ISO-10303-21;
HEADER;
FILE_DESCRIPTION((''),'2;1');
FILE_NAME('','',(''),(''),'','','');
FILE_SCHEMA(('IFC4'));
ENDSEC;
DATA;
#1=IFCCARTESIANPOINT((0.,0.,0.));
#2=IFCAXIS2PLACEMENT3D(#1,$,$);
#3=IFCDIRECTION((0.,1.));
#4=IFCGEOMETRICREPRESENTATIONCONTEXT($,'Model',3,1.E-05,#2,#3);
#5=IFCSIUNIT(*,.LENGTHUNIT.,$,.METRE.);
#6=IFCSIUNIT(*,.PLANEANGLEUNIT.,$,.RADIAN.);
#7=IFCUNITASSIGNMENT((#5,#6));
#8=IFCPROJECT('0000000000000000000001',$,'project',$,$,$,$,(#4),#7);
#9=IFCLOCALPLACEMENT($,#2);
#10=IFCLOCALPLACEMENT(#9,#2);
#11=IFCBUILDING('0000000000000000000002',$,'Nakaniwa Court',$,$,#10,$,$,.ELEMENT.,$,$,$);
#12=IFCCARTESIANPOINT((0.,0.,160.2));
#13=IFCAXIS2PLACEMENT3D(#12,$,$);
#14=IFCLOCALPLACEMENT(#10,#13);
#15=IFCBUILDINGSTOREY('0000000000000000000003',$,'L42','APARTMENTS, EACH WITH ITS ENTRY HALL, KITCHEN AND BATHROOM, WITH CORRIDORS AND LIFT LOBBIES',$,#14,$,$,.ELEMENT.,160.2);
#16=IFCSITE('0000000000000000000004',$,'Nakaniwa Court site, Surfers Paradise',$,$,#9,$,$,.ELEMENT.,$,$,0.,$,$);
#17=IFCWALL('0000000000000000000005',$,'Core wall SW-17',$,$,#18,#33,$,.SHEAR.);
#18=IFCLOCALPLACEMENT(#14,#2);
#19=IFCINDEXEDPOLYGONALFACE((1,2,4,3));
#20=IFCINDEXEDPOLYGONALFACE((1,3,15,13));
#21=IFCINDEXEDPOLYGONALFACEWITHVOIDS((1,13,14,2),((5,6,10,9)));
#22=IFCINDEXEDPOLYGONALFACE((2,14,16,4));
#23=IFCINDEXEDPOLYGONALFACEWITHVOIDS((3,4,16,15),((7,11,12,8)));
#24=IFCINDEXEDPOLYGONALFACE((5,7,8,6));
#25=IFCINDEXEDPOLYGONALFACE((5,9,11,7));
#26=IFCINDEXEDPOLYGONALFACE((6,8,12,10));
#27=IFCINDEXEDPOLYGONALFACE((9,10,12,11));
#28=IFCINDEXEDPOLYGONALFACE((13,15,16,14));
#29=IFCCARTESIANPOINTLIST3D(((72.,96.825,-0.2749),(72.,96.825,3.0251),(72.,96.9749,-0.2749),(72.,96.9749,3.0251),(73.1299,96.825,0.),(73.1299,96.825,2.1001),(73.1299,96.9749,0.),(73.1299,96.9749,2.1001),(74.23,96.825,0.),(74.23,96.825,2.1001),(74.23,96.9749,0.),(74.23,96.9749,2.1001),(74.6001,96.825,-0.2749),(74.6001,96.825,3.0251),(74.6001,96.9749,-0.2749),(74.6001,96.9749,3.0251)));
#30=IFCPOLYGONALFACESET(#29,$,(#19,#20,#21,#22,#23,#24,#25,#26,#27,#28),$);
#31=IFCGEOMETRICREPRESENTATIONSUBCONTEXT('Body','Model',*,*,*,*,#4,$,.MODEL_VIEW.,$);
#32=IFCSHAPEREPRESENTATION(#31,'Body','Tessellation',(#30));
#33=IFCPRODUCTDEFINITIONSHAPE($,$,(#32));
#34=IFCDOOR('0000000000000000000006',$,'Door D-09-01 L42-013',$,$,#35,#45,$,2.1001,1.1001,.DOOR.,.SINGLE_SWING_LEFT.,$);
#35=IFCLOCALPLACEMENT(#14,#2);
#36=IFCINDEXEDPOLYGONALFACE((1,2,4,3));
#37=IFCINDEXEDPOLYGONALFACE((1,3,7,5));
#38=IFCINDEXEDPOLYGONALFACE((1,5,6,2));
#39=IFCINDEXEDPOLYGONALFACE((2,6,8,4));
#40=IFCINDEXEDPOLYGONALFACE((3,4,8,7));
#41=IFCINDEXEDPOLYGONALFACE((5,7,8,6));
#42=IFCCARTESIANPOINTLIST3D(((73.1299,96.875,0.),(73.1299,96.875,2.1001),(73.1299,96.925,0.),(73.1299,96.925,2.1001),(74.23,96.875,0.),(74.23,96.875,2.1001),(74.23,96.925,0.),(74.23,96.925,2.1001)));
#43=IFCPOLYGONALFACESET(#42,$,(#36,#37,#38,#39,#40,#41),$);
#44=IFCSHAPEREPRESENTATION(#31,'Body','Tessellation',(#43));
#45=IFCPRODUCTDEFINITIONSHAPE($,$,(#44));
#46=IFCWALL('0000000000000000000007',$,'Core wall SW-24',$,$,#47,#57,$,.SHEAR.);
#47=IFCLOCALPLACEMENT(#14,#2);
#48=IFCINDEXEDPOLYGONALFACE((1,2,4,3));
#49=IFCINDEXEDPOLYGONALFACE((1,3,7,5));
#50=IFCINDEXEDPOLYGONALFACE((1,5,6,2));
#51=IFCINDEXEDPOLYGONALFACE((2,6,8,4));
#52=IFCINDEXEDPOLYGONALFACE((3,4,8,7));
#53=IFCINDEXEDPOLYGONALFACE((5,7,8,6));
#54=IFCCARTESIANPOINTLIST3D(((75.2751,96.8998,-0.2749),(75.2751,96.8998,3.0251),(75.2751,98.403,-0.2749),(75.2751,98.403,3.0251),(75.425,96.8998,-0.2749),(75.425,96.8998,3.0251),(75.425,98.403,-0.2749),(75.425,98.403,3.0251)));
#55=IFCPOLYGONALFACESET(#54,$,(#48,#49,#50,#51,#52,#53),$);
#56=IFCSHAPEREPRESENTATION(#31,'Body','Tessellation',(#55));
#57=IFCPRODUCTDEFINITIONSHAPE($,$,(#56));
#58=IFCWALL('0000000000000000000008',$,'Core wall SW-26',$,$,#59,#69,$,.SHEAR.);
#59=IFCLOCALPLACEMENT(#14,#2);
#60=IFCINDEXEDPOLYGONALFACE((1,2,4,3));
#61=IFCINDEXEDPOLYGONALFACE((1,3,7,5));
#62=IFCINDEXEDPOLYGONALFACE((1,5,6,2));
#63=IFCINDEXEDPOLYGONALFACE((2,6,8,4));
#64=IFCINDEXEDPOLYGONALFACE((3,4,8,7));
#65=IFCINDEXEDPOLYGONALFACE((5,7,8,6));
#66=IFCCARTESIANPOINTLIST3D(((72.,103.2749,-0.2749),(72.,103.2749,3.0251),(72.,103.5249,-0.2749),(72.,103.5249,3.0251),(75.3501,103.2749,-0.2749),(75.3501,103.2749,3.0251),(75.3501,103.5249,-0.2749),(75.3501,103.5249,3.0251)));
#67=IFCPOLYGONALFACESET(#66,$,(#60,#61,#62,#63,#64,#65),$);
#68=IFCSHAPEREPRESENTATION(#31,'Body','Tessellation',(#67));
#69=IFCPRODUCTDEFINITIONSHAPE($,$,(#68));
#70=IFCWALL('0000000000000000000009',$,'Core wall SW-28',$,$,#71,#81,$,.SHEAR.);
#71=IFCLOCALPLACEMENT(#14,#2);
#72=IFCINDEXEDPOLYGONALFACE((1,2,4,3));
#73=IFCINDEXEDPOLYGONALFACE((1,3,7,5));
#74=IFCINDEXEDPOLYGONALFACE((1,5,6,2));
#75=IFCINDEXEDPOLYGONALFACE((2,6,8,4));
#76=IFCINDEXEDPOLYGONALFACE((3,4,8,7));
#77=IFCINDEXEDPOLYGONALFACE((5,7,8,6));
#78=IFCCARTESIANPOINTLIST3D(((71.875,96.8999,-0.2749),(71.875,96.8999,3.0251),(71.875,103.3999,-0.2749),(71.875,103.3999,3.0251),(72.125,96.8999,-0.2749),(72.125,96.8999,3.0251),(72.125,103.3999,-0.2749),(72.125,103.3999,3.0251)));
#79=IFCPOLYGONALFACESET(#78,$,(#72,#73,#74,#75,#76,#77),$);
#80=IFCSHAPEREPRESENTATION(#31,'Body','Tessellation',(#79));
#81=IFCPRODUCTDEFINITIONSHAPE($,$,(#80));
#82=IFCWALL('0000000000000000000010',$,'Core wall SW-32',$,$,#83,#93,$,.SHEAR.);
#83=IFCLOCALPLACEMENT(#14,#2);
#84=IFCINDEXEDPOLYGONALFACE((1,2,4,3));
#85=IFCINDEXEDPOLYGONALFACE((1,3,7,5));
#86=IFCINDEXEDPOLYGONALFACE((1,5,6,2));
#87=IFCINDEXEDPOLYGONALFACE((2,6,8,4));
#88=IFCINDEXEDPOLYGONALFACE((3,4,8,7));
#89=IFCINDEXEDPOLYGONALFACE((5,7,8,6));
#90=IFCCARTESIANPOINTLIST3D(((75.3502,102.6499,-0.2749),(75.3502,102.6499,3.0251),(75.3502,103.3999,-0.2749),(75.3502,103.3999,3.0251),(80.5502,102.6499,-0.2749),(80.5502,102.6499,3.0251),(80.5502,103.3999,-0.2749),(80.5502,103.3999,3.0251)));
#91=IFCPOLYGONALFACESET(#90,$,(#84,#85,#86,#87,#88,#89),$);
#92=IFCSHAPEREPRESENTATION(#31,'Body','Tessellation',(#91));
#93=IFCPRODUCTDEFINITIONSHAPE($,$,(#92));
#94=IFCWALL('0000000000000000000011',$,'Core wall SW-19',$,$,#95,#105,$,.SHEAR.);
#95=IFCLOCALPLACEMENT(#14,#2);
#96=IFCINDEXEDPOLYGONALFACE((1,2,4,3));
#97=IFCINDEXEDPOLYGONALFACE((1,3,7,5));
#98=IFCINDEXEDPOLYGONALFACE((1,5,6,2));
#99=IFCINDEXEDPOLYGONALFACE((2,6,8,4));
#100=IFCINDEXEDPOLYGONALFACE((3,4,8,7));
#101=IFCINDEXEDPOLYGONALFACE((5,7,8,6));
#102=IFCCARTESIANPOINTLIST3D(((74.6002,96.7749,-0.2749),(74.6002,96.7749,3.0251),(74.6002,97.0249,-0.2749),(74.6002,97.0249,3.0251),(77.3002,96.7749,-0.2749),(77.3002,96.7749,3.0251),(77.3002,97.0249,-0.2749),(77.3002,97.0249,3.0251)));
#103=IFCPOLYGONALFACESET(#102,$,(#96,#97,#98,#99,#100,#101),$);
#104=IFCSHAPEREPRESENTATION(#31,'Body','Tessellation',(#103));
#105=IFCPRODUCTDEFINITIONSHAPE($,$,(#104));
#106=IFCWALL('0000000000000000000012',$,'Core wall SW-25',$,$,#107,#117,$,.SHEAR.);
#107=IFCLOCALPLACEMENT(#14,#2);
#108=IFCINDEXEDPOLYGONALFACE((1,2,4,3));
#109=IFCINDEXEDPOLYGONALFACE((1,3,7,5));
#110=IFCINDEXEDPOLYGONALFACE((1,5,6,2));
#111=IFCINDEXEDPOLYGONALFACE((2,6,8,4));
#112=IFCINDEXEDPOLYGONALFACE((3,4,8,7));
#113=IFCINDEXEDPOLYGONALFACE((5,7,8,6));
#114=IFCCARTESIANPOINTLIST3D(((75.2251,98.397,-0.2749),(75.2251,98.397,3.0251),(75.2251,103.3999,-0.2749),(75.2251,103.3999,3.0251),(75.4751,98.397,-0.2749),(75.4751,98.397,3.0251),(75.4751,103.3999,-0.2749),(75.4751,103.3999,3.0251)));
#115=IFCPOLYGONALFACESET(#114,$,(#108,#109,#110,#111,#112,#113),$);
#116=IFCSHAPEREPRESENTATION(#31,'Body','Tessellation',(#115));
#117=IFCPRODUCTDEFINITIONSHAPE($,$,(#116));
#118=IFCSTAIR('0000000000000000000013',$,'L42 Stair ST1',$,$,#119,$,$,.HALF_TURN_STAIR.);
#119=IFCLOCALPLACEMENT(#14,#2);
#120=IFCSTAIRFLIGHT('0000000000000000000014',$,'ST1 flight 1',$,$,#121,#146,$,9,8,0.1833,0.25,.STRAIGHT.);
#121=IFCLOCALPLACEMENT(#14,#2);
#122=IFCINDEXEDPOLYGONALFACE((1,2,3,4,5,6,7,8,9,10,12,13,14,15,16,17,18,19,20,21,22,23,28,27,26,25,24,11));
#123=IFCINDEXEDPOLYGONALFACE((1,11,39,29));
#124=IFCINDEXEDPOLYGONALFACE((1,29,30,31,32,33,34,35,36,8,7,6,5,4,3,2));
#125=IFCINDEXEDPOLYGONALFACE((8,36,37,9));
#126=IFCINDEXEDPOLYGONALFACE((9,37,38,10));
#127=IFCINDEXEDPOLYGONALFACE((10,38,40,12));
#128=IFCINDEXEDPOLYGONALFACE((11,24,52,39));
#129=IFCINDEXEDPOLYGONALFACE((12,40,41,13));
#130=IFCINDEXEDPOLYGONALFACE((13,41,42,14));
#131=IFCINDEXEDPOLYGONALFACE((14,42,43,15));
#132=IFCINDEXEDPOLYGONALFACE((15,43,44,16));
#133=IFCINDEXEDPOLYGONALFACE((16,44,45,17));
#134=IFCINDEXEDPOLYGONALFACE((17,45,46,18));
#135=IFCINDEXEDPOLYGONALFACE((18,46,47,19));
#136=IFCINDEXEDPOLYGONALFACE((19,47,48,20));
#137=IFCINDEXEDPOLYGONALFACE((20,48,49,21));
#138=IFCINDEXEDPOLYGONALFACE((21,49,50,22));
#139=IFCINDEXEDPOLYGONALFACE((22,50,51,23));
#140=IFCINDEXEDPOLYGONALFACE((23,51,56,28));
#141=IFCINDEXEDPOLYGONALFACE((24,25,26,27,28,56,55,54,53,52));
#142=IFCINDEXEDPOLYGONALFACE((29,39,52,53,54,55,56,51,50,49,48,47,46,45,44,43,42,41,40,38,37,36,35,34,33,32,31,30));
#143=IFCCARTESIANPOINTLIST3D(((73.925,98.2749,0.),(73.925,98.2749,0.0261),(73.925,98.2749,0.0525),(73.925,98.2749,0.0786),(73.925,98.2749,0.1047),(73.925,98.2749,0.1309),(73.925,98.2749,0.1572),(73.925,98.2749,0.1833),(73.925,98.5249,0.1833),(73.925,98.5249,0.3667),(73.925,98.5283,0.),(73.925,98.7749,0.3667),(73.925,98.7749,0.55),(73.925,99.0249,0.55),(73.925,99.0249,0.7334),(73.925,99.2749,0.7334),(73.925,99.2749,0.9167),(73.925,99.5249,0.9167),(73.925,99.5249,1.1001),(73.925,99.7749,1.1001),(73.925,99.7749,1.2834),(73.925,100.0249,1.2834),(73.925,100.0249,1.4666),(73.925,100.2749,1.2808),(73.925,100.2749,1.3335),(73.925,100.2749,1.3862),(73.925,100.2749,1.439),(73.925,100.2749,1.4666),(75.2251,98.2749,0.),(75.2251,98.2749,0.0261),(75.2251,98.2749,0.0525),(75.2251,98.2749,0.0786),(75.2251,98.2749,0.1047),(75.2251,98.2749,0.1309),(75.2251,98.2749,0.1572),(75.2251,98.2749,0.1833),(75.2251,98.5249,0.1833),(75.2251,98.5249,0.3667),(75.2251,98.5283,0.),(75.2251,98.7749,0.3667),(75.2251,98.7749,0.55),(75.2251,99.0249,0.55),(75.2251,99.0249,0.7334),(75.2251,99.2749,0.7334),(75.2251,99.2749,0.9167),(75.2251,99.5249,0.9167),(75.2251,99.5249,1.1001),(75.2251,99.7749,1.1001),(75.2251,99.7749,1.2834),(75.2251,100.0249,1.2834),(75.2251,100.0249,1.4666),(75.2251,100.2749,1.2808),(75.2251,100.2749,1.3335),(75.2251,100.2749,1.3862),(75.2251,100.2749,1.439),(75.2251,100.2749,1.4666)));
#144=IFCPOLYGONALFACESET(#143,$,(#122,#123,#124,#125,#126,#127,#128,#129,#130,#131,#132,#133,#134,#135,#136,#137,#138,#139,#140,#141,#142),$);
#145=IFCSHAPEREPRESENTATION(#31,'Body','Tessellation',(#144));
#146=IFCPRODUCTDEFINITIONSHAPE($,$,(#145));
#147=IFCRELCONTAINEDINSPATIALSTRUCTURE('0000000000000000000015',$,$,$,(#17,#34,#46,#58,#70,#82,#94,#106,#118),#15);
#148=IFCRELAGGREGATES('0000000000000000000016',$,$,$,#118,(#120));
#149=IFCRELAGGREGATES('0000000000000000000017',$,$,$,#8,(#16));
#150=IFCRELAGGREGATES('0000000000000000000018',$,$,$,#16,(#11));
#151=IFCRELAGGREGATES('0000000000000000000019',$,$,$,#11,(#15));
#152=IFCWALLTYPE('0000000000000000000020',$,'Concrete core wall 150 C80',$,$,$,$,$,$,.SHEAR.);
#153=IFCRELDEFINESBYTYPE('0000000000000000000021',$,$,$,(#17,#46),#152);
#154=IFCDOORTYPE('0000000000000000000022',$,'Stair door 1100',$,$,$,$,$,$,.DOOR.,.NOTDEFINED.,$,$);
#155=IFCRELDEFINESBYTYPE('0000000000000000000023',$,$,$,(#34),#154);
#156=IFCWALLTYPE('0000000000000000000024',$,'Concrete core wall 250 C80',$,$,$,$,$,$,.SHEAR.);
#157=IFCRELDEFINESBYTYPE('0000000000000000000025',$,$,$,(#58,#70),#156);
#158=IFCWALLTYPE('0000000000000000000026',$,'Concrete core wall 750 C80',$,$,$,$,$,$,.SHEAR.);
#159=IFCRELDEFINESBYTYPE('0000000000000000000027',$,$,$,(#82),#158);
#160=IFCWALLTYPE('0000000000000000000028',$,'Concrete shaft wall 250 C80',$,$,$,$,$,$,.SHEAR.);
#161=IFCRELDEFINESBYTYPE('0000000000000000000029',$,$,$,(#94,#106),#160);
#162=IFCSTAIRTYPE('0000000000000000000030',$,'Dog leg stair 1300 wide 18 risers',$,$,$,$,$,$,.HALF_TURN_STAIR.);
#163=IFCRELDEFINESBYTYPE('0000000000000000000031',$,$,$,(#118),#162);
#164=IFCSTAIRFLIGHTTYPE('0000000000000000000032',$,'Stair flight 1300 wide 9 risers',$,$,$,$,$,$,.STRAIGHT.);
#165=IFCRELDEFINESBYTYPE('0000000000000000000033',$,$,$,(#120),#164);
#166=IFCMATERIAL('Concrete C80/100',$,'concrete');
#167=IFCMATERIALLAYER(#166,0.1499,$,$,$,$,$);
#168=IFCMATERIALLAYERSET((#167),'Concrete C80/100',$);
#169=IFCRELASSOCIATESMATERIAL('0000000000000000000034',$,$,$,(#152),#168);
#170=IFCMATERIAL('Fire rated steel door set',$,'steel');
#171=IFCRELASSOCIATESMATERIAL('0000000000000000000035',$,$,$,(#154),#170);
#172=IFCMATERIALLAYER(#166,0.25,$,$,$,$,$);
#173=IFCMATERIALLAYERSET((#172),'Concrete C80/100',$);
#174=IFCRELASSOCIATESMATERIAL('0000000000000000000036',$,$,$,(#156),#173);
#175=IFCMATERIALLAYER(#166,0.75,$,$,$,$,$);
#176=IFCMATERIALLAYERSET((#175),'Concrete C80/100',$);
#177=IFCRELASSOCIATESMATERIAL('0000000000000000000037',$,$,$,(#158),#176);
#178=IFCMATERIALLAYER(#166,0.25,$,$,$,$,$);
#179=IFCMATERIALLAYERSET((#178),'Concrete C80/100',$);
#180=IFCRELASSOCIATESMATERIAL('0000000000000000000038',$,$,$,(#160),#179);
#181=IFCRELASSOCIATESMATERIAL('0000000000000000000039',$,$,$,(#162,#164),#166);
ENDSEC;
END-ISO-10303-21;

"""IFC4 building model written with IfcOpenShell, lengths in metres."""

from ifc_helpers import new_model, si_unit, direction, frame, frame_2d, origin, place, context, subcontext, project, spatial, polyline, rectangle, outline, extrude, material, layer, layer_set, type_object, element, fill, aggregate, save


model = new_model("IFC4")

# Units and contexts
model_context = context("Model", 3, precision=1e-05, world=origin(), true_north=direction((0.0, 1.0)))
body_context = subcontext(model_context, "Body", "Model", "MODEL_VIEW")
ifc_project = project(units=[si_unit("LENGTHUNIT", "METRE"), si_unit("PLANEANGLEUNIT", "RADIAN")], contexts=[model_context])

# Site, building, storey
site_placement = place(None, origin())
site = spatial("IfcSite", under=ifc_project, at=site_placement, Name="Nakaniwa Court site, Surfers Paradise", CompositionType="ELEMENT", RefElevation=0.0)
building_placement = place(site_placement, origin())
building = spatial("IfcBuilding", under=site, at=building_placement, Name="Nakaniwa Court", CompositionType="ELEMENT")
storey_placement = place(building_placement, frame((0.0, 0.0, 160.2)))
storey = spatial("IfcBuildingStorey", under=building, at=storey_placement, Name="L42", Description="APARTMENTS, EACH WITH ITS ENTRY HALL, KITCHEN AND BATHROOM, WITH CORRIDORS AND LIFT LOBBIES", CompositionType="ELEMENT", Elevation=160.2)

# Shared definitions
ifc_material_1 = material(Name="Concrete C80/100", Category="concrete")

# Shared definitions
ifc_material_2 = material(Name="Fire rated steel door set", Category="steel")

# Wall, opening, door
ifc_layer_1 = layer(ifc_material_1, 0.1499)
ifc_layer_set_1 = layer_set([ifc_layer_1], Name="Concrete C80/100")
wall_type_1 = type_object("IfcWallType", Name="Concrete core wall 150 C80", PredefinedType="SHEAR", material=ifc_layer_set_1)
wall_1_placement = place(storey_placement, frame((74.6001, 96.8999, -0.2749), z_axis=(0.0, 0.0, 1.0), x_axis=(-1.0, 0.0, 0.0)))
wall_1 = element("IfcWall", 1, at=wall_1_placement, inside=storey, type_object=wall_type_1, Name="Core wall SW-17", PredefinedType="SHEAR", context=body_context, shape_type="SweptSolid", body=[
    extrude(rectangle(XDim=2.6001, YDim=0.1499, at=frame_2d((1.3, 0.0))), origin(), (0.0, 0.0, 1.0), 3.3),
])
opening_1_placement = place(wall_1_placement, frame((0.3701, 0.0, 0.2749)))
opening_1 = element("IfcOpeningElement", 2, at=opening_1_placement, cuts=wall_1, PredefinedType="OPENING", context=body_context, shape_type="SweptSolid", body=[
    extrude(rectangle(XDim=1.1001, YDim=2.1001, at=frame_2d((0.55, 1.05))), frame((0.0, 0.085, 0.0), z_axis=(0.0, -1.0, 0.0), x_axis=(1.0, 0.0, 0.0)), (0.0, 0.0, 1.0), 0.1699),
])
door_type_1 = type_object("IfcDoorType", Name="Stair door 1100", OperationType="NOTDEFINED", PredefinedType="DOOR", material=ifc_material_2)
door_1_placement = place(opening_1_placement, origin())
door_1 = element("IfcDoor", 3, at=door_1_placement, inside=storey, type_object=door_type_1, Name="Door D-09-01 L42-013", OperationType="SINGLE_SWING_LEFT", OverallHeight=2.1001, OverallWidth=1.1001, PredefinedType="DOOR", context=body_context, shape_type="SweptSolid", body=[
    extrude(rectangle(XDim=1.1001, YDim=2.1001, at=frame_2d((0.55, 1.05))), frame((0.0, 0.0249, 0.0), z_axis=(0.0, -1.0, 0.0), x_axis=(1.0, 0.0, 0.0)), (0.0, 0.0, 1.0), 0.05),
])
fill(opening_1, door_1)

# Walls
wall_2_placement = place(storey_placement, frame((75.3501, 96.8999, -0.2749), z_axis=(0.0, 0.0, 1.0), x_axis=(0.0, 1.0, 0.0)))
element("IfcWall", 4, at=wall_2_placement, inside=storey, type_object=wall_type_1, Name="Core wall SW-24", PredefinedType="SHEAR", context=body_context, shape_type="SweptSolid", body=[
    extrude(rectangle(XDim=1.5032, YDim=0.1499, at=frame_2d((0.7515, 0.0))), origin(), (0.0, 0.0, 1.0), 3.3),
])
ifc_layer_2 = layer(ifc_material_1, 0.25)
ifc_layer_set_2 = layer_set([ifc_layer_2], Name="Concrete C80/100")
wall_type_2 = type_object("IfcWallType", Name="Concrete core wall 250 C80", PredefinedType="SHEAR", material=ifc_layer_set_2)
wall_3_placement = place(storey_placement, frame((72.0, 103.3999, -0.2749), z_axis=(0.0, 0.0, 1.0), x_axis=(1.0, 0.0, 0.0)))
element("IfcWall", 5, at=wall_3_placement, inside=storey, type_object=wall_type_2, Name="Core wall SW-26", PredefinedType="SHEAR", context=body_context, shape_type="SweptSolid", body=[
    extrude(rectangle(XDim=3.3501, YDim=0.25, at=frame_2d((1.675, 0.0))), origin(), (0.0, 0.0, 1.0), 3.3),
])
wall_4_placement = place(storey_placement, frame((72.0, 96.8999, -0.2749), z_axis=(0.0, 0.0, 1.0), x_axis=(0.0, 1.0, 0.0)))
element("IfcWall", 6, at=wall_4_placement, inside=storey, type_object=wall_type_2, Name="Core wall SW-28", PredefinedType="SHEAR", context=body_context, shape_type="SweptSolid", body=[
    extrude(rectangle(XDim=6.5, YDim=0.25, at=frame_2d((3.25, 0.0))), origin(), (0.0, 0.0, 1.0), 3.3),
])
ifc_layer_3 = layer(ifc_material_1, 0.75)
ifc_layer_set_3 = layer_set([ifc_layer_3], Name="Concrete C80/100")
wall_type_3 = type_object("IfcWallType", Name="Concrete core wall 750 C80", PredefinedType="SHEAR", material=ifc_layer_set_3)
wall_5_placement = place(storey_placement, frame((75.3501, 103.0249, -0.2749), z_axis=(0.0, 0.0, 1.0), x_axis=(1.0, 0.0, 0.0)))
element("IfcWall", 7, at=wall_5_placement, inside=storey, type_object=wall_type_3, Name="Core wall SW-32", PredefinedType="SHEAR", context=body_context, shape_type="SweptSolid", body=[
    extrude(rectangle(XDim=5.2, YDim=0.75, at=frame_2d((2.6001, 0.0))), origin(), (0.0, 0.0, 1.0), 3.3),
])
ifc_layer_4 = layer(ifc_material_1, 0.25)
ifc_layer_set_4 = layer_set([ifc_layer_4], Name="Concrete C80/100")
wall_type_4 = type_object("IfcWallType", Name="Concrete shaft wall 250 C80", PredefinedType="SHEAR", material=ifc_layer_set_4)
wall_6_placement = place(storey_placement, frame((74.6001, 96.8999, -0.2749), z_axis=(0.0, 0.0, 1.0), x_axis=(1.0, 0.0, 0.0)))
element("IfcWall", 8, at=wall_6_placement, inside=storey, type_object=wall_type_4, Name="Core wall SW-19", PredefinedType="SHEAR", context=body_context, shape_type="SweptSolid", body=[
    extrude(rectangle(XDim=2.7, YDim=0.25, at=frame_2d((1.3501, 0.0))), origin(), (0.0, 0.0, 1.0), 3.3),
])
wall_7_placement = place(storey_placement, frame((75.3501, 98.397, -0.2749), z_axis=(0.0, 0.0, 1.0), x_axis=(0.0, 1.0, 0.0)))
element("IfcWall", 9, at=wall_7_placement, inside=storey, type_object=wall_type_4, Name="Core wall SW-25", PredefinedType="SHEAR", context=body_context, shape_type="SweptSolid", body=[
    extrude(rectangle(XDim=5.0029, YDim=0.25, at=frame_2d((2.5015, 0.0))), origin(), (0.0, 0.0, 1.0), 3.3),
])

# Stair, stair flight
stair_type = type_object("IfcStairType", Name="Dog leg stair 1300 wide 18 risers", PredefinedType="HALF_TURN_STAIR", material=ifc_material_1)
stair_placement = place(storey_placement, origin())
stair = element("IfcStair", 10, at=stair_placement, inside=storey, type_object=stair_type, Name="L42 Stair ST1", PredefinedType="HALF_TURN_STAIR")
stair_flight_type = type_object("IfcStairFlightType", Name="Stair flight 1300 wide 9 risers", PredefinedType="STRAIGHT", material=ifc_material_1)
stair_flight_1_placement = place(storey_placement, frame((74.575, 98.2749, 0.0), z_axis=(0.0, 0.0, 1.0), x_axis=(0.0, 1.0, 0.0)))
stair_flight_1 = element("IfcStairFlight", 11, at=stair_flight_1_placement, type_object=stair_flight_type, Name="ST1 flight 1", NumberOfRisers=9, NumberOfTreads=8, PredefinedType="STRAIGHT", RiserHeight=0.1833, TreadLength=0.25, context=body_context, shape_type="SweptSolid", body=[
    extrude(outline(polyline([(0.0, 0.0), (0.0, 0.0261), (0.0, 0.0525), (0.0, 0.0786), (0.0, 0.1047), (0.0, 0.1309), (0.0, 0.1572), (0.0, 0.1833), (0.25, 0.1833), (0.25, 0.3667), (0.5, 0.3667), (0.5, 0.55), (0.75, 0.55), (0.75, 0.7334), (1.0, 0.7334), (1.0, 0.9167), (1.25, 0.9167), (1.25, 1.1001), (1.5, 1.1001), (1.5, 1.2834), (1.75, 1.2834), (1.75, 1.4666), (2.0, 1.4666), (2.0, 1.6499), (2.0, 1.5972), (2.0, 1.5444), (2.0, 1.4917), (2.0, 1.439), (2.0, 1.3862), (2.0, 1.3335), (2.0, 1.2808), (0.2534, 0.0), (0.0, 0.0)])), frame((0.0, 0.6499, 0.0), z_axis=(0.0, -1.0, 0.0), x_axis=(1.0, 0.0, 0.0)), (0.0, 0.0, 1.0), 1.3),
])
aggregate(stair, [stair_flight_1])

save(model, "model.ifc")
